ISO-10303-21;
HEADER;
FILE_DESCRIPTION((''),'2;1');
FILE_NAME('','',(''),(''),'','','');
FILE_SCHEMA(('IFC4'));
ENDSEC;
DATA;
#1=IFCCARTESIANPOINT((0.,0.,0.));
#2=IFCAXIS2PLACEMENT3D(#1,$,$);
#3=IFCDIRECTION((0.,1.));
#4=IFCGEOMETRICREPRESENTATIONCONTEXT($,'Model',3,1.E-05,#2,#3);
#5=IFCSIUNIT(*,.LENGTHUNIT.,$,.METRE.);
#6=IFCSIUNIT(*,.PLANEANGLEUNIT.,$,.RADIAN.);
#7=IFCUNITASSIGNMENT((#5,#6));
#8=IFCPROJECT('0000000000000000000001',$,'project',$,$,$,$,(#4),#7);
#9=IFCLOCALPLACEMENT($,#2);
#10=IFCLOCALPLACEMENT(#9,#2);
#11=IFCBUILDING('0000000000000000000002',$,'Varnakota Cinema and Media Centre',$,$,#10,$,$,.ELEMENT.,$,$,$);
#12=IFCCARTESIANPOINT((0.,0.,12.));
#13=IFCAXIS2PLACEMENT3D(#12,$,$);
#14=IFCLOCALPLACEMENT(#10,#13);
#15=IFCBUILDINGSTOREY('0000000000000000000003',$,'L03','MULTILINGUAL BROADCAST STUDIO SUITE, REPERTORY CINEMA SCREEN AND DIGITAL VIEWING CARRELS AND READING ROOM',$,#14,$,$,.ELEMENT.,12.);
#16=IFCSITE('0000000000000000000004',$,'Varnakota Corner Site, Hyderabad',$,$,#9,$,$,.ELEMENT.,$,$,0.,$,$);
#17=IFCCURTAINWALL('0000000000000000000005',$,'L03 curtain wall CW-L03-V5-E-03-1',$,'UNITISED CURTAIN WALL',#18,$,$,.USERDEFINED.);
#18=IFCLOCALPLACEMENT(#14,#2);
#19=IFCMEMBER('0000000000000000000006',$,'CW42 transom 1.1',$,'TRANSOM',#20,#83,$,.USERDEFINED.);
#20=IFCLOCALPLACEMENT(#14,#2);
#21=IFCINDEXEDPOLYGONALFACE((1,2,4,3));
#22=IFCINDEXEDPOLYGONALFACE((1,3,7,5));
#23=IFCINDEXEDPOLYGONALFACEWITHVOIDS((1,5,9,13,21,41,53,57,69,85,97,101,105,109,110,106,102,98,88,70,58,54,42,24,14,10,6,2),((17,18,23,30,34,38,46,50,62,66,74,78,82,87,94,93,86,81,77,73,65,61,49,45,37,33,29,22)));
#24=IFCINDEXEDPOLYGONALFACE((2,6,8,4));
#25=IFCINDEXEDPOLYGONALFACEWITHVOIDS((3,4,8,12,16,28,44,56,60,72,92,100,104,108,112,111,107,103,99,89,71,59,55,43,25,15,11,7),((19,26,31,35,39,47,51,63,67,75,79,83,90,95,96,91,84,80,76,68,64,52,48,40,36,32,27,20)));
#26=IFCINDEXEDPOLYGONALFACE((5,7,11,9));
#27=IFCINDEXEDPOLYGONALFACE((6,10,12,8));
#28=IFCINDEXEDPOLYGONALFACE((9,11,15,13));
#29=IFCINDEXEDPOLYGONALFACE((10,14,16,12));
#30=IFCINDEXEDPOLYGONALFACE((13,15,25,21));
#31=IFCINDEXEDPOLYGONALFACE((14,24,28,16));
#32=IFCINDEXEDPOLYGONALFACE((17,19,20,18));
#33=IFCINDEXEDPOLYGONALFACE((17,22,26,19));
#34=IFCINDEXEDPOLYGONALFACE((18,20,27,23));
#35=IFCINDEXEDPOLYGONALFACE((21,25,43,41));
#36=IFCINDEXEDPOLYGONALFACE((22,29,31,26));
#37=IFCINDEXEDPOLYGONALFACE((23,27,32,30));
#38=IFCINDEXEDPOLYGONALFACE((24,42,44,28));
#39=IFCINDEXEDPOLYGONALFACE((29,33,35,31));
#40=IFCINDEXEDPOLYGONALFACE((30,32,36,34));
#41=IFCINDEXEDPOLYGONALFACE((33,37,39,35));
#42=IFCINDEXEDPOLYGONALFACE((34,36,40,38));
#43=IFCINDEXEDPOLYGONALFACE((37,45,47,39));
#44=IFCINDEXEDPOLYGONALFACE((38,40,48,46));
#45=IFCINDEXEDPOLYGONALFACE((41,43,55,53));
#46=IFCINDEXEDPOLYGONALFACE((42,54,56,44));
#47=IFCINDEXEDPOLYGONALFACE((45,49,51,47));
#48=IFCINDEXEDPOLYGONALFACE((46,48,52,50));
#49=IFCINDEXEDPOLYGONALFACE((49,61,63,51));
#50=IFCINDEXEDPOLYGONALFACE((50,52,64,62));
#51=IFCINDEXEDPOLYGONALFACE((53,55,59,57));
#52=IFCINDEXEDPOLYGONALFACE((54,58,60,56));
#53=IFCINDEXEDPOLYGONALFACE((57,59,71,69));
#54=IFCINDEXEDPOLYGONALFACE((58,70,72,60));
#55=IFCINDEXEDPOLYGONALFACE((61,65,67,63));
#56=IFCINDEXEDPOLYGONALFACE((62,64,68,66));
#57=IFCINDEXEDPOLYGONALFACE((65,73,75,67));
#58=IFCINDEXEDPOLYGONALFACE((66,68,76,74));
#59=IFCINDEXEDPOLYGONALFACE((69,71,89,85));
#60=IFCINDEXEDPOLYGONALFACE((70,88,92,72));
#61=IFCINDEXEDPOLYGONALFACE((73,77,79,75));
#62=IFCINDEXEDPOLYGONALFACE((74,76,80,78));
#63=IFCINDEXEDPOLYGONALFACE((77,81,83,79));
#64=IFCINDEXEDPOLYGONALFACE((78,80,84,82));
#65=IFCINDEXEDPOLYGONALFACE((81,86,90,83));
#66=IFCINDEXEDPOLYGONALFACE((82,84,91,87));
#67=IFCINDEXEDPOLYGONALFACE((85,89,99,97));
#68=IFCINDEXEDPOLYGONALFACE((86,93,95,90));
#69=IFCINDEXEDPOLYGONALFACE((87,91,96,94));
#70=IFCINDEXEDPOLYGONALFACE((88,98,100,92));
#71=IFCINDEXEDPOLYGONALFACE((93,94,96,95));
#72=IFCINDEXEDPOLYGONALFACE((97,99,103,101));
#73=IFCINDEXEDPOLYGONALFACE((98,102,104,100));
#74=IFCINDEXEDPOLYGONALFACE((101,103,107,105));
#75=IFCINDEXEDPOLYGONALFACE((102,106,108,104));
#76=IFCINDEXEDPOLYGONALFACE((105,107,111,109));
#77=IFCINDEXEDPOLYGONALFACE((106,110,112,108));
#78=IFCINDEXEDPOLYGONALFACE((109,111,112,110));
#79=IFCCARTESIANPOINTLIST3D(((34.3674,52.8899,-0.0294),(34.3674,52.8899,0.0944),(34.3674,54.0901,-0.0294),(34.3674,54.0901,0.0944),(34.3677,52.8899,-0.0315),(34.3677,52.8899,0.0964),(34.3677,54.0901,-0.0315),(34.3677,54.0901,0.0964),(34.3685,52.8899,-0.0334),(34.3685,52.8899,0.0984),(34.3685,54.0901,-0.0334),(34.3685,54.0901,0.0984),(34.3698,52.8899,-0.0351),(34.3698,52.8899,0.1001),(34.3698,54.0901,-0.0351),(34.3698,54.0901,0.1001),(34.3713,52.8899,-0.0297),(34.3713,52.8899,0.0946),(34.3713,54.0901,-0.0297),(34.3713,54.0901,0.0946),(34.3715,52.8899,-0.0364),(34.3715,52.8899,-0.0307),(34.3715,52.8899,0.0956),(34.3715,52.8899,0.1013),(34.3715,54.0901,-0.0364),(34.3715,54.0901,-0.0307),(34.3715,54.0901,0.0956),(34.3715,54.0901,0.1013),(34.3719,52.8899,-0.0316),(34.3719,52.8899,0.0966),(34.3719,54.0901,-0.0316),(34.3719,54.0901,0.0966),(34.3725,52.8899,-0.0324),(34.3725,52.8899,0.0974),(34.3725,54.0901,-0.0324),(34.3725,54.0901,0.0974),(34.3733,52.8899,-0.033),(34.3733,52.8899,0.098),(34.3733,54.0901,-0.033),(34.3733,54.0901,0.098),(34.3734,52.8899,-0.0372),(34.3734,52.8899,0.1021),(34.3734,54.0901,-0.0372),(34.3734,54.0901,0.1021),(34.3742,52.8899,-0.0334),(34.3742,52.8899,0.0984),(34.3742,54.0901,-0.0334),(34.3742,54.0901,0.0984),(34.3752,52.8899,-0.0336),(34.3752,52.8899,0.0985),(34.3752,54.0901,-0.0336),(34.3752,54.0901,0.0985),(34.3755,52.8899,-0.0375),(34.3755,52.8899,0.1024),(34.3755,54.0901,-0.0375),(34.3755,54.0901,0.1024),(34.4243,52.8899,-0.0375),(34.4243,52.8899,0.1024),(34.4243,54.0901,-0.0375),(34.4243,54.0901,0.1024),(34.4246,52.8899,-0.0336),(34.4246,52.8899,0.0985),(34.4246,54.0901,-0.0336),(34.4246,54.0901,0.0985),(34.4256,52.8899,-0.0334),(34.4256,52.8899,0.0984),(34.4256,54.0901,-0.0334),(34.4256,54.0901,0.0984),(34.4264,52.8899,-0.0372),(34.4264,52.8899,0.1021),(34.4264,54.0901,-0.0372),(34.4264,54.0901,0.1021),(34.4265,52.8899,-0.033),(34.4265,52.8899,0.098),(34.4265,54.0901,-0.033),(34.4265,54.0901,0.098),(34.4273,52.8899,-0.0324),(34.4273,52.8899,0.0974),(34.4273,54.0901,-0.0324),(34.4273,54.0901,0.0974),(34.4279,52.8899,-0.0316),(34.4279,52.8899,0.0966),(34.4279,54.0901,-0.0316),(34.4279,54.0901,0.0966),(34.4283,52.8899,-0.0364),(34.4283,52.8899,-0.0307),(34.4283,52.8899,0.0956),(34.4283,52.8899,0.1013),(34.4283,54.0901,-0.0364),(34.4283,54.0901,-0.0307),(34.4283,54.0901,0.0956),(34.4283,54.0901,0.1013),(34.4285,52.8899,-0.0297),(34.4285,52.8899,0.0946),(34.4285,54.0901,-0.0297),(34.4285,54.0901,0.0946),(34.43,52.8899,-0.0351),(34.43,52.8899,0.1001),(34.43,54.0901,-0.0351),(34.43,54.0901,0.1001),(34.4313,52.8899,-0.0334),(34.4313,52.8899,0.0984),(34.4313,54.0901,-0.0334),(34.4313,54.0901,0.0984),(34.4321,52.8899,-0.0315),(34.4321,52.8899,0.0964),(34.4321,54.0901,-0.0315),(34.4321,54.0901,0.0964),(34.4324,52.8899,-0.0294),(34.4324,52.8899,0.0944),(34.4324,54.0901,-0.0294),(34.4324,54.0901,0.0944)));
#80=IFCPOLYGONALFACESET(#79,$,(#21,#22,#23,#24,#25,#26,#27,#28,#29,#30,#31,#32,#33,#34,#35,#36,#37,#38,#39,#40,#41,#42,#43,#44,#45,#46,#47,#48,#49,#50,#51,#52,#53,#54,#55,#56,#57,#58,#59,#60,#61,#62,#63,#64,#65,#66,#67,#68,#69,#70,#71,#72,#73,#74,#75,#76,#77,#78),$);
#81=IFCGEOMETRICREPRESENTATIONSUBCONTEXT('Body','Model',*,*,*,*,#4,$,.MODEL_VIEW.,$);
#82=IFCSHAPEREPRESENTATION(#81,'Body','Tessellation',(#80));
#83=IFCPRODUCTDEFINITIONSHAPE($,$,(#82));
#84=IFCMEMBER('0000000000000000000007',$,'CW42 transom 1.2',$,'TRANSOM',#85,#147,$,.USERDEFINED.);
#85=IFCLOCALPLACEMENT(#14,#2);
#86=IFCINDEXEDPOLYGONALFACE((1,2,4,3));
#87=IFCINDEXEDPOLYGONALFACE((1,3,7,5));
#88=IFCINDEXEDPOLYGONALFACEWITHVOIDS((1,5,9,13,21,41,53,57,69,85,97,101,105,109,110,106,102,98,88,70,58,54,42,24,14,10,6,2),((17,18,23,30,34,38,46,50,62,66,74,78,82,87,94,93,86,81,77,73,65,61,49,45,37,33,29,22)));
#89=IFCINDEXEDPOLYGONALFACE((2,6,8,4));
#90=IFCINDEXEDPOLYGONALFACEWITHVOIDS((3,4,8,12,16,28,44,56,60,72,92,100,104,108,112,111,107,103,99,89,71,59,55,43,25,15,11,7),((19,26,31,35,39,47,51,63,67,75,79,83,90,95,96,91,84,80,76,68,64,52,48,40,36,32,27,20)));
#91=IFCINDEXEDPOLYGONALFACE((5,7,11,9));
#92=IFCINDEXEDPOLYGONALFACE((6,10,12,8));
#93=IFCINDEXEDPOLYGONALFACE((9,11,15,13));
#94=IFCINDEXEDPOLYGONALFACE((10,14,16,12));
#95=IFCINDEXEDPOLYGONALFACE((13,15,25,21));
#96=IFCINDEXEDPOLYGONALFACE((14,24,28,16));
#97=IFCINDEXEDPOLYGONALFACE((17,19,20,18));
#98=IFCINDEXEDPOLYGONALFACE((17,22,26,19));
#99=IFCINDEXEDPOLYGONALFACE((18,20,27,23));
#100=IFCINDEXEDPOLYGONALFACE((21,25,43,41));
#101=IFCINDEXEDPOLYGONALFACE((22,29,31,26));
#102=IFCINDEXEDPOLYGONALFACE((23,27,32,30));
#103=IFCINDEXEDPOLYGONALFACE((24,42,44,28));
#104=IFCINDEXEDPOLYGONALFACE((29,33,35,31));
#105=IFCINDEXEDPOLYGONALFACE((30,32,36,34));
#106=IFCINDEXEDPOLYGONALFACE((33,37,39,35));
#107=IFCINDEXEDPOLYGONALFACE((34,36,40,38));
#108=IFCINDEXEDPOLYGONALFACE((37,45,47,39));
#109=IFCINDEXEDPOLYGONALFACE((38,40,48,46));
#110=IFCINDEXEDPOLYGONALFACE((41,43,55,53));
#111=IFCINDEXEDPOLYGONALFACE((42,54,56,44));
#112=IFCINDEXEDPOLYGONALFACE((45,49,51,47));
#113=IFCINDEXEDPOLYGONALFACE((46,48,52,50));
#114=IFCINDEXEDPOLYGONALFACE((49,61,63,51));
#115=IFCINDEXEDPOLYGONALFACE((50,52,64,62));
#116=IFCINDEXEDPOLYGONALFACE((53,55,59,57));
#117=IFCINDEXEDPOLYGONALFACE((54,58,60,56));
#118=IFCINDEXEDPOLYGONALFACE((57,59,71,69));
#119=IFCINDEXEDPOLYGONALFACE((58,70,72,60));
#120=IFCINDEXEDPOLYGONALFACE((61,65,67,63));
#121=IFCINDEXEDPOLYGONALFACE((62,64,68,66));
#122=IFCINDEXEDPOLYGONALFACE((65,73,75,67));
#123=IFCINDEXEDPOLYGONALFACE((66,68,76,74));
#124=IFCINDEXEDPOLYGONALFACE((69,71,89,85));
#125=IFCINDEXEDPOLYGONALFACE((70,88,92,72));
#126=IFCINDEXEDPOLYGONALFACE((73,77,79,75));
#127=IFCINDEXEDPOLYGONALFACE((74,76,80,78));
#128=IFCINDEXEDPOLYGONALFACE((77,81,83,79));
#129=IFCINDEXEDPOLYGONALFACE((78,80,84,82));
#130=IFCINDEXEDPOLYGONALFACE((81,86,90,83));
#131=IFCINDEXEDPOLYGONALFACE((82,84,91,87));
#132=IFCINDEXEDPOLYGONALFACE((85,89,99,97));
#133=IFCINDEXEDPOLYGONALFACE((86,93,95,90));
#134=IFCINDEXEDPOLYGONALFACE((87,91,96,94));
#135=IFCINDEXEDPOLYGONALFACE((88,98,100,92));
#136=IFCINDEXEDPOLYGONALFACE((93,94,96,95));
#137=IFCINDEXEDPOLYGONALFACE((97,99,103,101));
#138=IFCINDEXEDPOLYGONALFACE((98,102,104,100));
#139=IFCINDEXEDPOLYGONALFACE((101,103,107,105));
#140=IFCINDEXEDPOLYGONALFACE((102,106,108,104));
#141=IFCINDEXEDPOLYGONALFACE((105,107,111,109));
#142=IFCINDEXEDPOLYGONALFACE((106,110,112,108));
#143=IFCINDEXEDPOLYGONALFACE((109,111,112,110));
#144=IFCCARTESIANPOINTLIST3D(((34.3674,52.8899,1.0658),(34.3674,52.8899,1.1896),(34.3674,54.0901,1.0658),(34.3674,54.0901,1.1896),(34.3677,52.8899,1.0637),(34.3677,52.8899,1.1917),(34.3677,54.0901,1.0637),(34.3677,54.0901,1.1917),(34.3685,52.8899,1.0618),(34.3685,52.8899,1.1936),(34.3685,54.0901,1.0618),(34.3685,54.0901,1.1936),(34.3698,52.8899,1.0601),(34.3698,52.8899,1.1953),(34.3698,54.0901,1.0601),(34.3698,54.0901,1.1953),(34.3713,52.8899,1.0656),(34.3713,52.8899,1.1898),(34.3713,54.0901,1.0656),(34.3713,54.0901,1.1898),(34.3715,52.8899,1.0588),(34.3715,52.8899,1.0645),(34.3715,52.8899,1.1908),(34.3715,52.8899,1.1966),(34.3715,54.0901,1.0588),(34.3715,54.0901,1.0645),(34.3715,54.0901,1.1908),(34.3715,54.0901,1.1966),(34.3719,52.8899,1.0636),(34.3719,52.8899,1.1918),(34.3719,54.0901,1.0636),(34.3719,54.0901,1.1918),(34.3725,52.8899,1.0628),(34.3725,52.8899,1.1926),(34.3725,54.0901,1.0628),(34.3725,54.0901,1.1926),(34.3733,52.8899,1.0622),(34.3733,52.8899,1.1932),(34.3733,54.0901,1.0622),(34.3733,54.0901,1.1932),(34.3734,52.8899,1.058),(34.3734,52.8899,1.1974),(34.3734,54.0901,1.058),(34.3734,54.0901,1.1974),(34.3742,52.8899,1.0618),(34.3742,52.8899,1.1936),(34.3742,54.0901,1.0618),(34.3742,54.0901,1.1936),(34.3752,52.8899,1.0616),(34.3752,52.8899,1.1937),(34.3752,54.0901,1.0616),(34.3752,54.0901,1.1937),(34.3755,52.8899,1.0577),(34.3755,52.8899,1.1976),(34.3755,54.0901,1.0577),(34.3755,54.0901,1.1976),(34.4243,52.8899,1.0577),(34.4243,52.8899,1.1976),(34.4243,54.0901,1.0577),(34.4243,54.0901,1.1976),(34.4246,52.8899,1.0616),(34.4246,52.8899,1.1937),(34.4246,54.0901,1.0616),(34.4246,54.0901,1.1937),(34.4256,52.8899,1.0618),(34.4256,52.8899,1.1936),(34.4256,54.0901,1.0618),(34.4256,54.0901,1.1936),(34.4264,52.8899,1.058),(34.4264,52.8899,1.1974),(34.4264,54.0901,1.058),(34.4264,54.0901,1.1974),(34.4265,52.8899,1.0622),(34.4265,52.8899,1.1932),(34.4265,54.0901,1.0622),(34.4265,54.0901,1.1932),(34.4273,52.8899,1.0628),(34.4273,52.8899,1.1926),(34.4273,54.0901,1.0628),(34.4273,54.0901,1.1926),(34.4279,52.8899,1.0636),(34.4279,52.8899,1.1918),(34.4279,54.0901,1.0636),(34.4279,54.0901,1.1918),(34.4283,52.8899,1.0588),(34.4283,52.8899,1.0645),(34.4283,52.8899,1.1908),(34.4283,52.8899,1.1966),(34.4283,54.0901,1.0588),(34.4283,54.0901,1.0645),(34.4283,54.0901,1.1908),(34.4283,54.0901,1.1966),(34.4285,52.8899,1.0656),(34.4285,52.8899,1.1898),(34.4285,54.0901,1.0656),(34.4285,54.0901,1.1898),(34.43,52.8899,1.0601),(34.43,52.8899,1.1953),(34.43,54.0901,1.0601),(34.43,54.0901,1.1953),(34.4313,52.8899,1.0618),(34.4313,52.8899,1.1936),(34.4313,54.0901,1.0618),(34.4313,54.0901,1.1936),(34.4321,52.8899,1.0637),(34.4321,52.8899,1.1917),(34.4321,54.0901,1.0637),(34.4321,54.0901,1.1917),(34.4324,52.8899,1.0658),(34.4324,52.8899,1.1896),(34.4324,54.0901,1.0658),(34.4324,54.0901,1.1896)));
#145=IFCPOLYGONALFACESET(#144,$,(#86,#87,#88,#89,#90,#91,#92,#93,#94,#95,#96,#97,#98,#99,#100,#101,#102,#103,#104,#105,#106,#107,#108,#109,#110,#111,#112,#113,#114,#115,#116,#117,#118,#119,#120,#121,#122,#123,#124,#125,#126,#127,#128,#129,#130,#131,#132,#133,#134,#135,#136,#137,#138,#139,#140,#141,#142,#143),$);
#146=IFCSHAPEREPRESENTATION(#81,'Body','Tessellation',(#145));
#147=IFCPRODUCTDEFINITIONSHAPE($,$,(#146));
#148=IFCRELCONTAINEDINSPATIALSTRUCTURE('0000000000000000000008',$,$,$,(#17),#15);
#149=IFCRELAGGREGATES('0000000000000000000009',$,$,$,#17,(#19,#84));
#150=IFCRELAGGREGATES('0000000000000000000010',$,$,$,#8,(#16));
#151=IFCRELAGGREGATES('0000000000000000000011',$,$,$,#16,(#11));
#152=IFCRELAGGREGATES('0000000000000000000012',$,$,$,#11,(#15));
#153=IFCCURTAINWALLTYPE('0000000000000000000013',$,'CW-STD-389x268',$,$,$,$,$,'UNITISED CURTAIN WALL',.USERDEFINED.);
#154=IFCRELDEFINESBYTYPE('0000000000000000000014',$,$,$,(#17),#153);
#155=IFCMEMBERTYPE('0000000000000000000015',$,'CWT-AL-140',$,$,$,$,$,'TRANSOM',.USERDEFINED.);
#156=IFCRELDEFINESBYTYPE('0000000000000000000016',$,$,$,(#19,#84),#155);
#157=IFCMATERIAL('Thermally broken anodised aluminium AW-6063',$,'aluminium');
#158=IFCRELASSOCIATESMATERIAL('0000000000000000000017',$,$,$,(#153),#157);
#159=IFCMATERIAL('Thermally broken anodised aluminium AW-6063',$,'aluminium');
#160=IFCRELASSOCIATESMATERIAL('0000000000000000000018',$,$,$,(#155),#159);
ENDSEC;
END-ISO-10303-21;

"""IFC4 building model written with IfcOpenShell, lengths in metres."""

from ifc_helpers import new_model, si_unit, direction, frame, origin, origin_2d, place, context, subcontext, project, spatial, hollow_rectangle, extrude, material, material_profile, profile_set, type_object, element, aggregate, save


model = new_model("IFC4")

# Units and contexts
model_context = context("Model", 3, precision=1e-05, world=origin(), true_north=direction((0.0, 1.0)))
body_context = subcontext(model_context, "Body", "Model", "MODEL_VIEW")
ifc_project = project(units=[si_unit("LENGTHUNIT", "METRE"), si_unit("PLANEANGLEUNIT", "RADIAN")], contexts=[model_context])

# Site, building, storey
site_placement = place(None, origin())
site = spatial("IfcSite", under=ifc_project, at=site_placement, Name="Varnakota Corner Site, Hyderabad", CompositionType="ELEMENT", RefElevation=0.0)
building_placement = place(site_placement, origin())
building = spatial("IfcBuilding", under=site, at=building_placement, Name="Varnakota Cinema and Media Centre", CompositionType="ELEMENT")
storey_placement = place(building_placement, frame((0.0, 0.0, 12.0)))
storey = spatial("IfcBuildingStorey", under=building, at=storey_placement, Name="L03", Description="MULTILINGUAL BROADCAST STUDIO SUITE, REPERTORY CINEMA SCREEN AND DIGITAL VIEWING CARRELS AND READING ROOM", CompositionType="ELEMENT", Elevation=12.0)

# Curtain wall
ifc_material_1 = material(Name="Thermally broken anodised aluminium AW-6063", Category="aluminium")
curtain_wall_type_1 = type_object("IfcCurtainWallType", Name="CW-STD-389x268", ElementType="UNITISED CURTAIN WALL", PredefinedType="USERDEFINED", material=ifc_material_1)
curtain_wall_1_placement = place(storey_placement, origin())
curtain_wall_1 = element("IfcCurtainWall", 1, at=curtain_wall_1_placement, inside=storey, type_object=curtain_wall_type_1, Name="L03 curtain wall CW-L03-V5-E-03-1", ObjectType="UNITISED CURTAIN WALL", PredefinedType="USERDEFINED")

# Members
ifc_material_2 = material(Name="Thermally broken anodised aluminium AW-6063", Category="aluminium")
ifc_material_profile_1 = material_profile(ifc_material_2, hollow_rectangle(XDim=0.0649, YDim=0.1399, WallThickness=0.0039, InnerFilletRadius=0.0039, OuterFilletRadius=0.0081, at=origin_2d()), Name="AL-TRANSOM 140x65x4")
ifc_profile_set_1 = profile_set([ifc_material_profile_1], Name="Thermally broken anodised aluminium AW-6063")
member_type_1 = type_object("IfcMemberType", Name="CWT-AL-140", ElementType="TRANSOM", PredefinedType="USERDEFINED", material=ifc_profile_set_1)
member_1_placement = place(storey_placement, frame((34.3999, 52.8899, 0.0325), z_axis=(0.0, 1.0, 0.0), x_axis=(-1.0, 0.0, 0.0)))
member_1 = element("IfcMember", 2, at=member_1_placement, type_object=member_type_1, Name="CW42 transom 1.1", ObjectType="TRANSOM", PredefinedType="USERDEFINED", context=body_context, shape_type="SweptSolid", body=[
    extrude(hollow_rectangle(XDim=0.0649, YDim=0.1399, WallThickness=0.0039, InnerFilletRadius=0.0039, OuterFilletRadius=0.0081, at=origin_2d()), origin(), (0.0, 0.0, 1.0), 1.2002),
])
member_2_placement = place(storey_placement, frame((34.3999, 52.8899, 1.1277), z_axis=(0.0, 1.0, 0.0), x_axis=(-1.0, 0.0, 0.0)))
member_2 = element("IfcMember", 3, at=member_2_placement, type_object=member_type_1, Name="CW42 transom 1.2", ObjectType="TRANSOM", PredefinedType="USERDEFINED", context=body_context, shape_type="SweptSolid", body=[
    extrude(hollow_rectangle(XDim=0.0649, YDim=0.1399, WallThickness=0.0039, InnerFilletRadius=0.0039, OuterFilletRadius=0.0081, at=origin_2d()), origin(), (0.0, 0.0, 1.0), 1.2002),
])

aggregate(curtain_wall_1, [member_1, member_2])

save(model, "model.ifc")
